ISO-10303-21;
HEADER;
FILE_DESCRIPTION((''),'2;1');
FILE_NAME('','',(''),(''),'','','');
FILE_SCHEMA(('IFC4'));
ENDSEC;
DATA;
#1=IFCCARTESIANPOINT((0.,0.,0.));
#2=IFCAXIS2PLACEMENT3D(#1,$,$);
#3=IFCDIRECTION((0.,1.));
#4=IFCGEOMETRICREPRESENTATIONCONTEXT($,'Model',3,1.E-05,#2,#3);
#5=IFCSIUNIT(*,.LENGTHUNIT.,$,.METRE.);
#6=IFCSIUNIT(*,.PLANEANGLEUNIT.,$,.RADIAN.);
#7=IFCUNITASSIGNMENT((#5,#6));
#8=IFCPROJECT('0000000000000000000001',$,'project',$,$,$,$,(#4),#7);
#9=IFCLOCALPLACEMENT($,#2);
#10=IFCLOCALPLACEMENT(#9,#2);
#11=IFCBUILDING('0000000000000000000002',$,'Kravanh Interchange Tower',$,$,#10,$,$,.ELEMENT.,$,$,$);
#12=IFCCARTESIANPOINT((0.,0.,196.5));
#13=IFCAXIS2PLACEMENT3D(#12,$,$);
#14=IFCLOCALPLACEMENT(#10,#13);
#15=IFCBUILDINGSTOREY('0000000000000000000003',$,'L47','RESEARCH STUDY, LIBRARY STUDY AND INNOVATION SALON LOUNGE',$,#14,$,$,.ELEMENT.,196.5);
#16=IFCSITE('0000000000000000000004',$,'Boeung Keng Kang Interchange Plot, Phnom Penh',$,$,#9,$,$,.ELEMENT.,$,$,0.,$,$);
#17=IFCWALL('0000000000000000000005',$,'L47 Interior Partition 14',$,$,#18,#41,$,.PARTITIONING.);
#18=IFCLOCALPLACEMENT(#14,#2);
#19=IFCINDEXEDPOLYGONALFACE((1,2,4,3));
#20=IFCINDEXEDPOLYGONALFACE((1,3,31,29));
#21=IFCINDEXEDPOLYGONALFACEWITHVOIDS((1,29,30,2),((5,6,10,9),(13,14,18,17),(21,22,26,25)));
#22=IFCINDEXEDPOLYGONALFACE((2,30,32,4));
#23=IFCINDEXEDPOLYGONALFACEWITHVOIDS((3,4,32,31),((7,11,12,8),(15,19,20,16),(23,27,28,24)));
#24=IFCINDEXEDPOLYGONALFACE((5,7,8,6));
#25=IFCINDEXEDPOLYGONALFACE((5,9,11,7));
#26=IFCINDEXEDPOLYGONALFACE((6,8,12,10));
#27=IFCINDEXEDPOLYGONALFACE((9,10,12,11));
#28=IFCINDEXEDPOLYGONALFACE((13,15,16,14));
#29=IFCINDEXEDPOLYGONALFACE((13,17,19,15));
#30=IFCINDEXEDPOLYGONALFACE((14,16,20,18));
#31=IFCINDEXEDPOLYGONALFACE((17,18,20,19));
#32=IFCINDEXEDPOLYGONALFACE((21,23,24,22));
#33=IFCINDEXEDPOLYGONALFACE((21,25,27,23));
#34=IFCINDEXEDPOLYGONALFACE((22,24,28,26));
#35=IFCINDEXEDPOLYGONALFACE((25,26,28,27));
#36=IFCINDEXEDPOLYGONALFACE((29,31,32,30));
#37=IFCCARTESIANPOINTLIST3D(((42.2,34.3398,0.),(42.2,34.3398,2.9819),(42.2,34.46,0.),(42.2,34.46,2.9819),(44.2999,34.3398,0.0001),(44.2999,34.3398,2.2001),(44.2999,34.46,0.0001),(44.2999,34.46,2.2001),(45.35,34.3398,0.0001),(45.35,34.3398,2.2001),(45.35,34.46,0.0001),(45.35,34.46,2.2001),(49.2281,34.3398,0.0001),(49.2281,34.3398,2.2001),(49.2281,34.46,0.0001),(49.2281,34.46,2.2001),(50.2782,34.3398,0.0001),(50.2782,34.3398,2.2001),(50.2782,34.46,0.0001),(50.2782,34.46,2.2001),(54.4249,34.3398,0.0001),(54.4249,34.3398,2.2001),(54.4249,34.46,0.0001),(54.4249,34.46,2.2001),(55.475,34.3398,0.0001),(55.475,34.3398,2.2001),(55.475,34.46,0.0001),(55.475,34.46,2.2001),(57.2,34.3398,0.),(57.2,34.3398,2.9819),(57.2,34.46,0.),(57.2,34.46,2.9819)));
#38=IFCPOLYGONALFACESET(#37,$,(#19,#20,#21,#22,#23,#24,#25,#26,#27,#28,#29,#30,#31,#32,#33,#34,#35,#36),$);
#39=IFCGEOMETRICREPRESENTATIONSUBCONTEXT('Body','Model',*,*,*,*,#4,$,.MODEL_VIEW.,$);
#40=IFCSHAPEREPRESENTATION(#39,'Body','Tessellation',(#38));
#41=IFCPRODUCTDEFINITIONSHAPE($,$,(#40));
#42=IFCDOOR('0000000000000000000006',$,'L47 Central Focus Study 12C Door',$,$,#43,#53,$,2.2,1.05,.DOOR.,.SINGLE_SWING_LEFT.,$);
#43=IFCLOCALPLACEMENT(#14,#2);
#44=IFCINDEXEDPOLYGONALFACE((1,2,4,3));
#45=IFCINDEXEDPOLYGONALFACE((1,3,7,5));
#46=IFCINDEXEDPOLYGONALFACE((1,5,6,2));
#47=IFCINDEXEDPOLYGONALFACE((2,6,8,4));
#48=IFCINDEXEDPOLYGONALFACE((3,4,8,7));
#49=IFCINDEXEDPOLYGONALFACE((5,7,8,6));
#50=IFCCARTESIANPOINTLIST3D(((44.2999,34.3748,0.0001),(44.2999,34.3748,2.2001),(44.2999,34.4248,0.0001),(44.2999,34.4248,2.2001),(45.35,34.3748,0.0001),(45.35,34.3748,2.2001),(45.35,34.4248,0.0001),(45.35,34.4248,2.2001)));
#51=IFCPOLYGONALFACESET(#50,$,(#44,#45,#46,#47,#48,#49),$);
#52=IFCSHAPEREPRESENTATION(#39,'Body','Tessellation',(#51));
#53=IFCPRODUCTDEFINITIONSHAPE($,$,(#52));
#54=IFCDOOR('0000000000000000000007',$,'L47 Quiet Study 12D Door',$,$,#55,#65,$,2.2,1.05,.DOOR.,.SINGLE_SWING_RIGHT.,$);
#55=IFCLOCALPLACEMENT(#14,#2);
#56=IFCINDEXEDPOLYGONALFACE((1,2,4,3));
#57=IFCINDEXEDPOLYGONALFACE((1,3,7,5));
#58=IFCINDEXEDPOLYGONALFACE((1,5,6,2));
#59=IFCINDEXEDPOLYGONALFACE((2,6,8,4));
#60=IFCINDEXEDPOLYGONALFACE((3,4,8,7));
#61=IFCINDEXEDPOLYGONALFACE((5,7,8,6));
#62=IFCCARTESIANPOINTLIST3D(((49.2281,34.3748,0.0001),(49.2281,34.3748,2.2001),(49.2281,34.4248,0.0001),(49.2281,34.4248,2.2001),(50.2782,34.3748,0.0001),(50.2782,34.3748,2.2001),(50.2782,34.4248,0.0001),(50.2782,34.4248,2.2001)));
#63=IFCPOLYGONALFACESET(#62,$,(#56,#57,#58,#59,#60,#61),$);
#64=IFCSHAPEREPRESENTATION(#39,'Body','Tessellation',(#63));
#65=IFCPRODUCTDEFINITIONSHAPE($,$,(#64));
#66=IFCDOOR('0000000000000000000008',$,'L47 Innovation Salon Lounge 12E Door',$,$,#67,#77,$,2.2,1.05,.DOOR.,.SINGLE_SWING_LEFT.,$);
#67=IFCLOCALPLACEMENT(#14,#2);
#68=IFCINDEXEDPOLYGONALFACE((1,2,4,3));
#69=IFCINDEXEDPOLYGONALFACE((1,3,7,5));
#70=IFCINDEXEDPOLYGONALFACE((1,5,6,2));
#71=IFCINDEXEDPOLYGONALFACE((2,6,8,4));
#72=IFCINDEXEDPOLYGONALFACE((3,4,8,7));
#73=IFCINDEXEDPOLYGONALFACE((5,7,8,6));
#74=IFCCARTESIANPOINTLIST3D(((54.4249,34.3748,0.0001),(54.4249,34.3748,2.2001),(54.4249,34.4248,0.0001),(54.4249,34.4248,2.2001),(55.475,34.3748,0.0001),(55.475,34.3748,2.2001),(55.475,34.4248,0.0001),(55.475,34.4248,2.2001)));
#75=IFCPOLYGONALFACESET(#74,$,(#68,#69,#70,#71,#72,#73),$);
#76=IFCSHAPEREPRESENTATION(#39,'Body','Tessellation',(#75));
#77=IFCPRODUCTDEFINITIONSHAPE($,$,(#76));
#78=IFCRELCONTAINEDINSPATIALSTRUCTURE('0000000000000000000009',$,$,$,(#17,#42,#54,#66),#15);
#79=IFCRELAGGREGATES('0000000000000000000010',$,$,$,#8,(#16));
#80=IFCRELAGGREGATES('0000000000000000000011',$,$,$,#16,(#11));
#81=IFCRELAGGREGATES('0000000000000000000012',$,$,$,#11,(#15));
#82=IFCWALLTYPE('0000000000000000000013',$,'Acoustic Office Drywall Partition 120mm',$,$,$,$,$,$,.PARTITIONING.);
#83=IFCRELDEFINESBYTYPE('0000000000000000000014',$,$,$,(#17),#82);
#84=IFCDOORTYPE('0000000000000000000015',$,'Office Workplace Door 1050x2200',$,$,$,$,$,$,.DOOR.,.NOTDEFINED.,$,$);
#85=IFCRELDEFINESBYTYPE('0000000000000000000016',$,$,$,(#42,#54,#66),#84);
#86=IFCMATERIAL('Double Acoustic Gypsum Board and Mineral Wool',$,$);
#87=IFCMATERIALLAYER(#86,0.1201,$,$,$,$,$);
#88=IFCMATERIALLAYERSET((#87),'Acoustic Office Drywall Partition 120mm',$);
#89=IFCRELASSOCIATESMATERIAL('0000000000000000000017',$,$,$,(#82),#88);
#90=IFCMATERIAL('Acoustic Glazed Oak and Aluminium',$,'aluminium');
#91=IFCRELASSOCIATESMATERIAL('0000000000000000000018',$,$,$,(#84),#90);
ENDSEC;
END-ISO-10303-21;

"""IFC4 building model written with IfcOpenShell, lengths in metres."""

from ifc_helpers import new_model, si_unit, direction, frame, frame_2d, origin, place, context, subcontext, project, spatial, rectangle, extrude, material, layer, layer_set, type_object, element, fill, save


model = new_model("IFC4")

# Units and contexts
model_context = context("Model", 3, precision=1e-05, world=origin(), true_north=direction((0.0, 1.0)))
body_context = subcontext(model_context, "Body", "Model", "MODEL_VIEW")
ifc_project = project(units=[si_unit("LENGTHUNIT", "METRE"), si_unit("PLANEANGLEUNIT", "RADIAN")], contexts=[model_context])

# Site, building, storey
site_placement = place(None, origin())
site = spatial("IfcSite", under=ifc_project, at=site_placement, Name="Boeung Keng Kang Interchange Plot, Phnom Penh", CompositionType="ELEMENT", RefElevation=0.0)
building_placement = place(site_placement, origin())
building = spatial("IfcBuilding", under=site, at=building_placement, Name="Kravanh Interchange Tower", CompositionType="ELEMENT")
storey_placement = place(building_placement, frame((0.0, 0.0, 196.5)))
storey = spatial("IfcBuildingStorey", under=building, at=storey_placement, Name="L47", Description="RESEARCH STUDY, LIBRARY STUDY AND INNOVATION SALON LOUNGE", CompositionType="ELEMENT", Elevation=196.5)

# Wall, openings, doors
ifc_material_1 = material(Name="Double Acoustic Gypsum Board and Mineral Wool")
ifc_layer_1 = layer(ifc_material_1, 0.1201)
ifc_layer_set_1 = layer_set([ifc_layer_1], Name="Acoustic Office Drywall Partition 120mm")
wall_type = type_object("IfcWallType", Name="Acoustic Office Drywall Partition 120mm", PredefinedType="PARTITIONING", material=ifc_layer_set_1)
wall_placement = place(storey_placement, frame((42.2, 34.3999, 0.0), z_axis=(0.0, 0.0, 1.0), x_axis=(1.0, 0.0, 0.0)))
wall = element("IfcWall", 1, at=wall_placement, inside=storey, type_object=wall_type, Name="L47 Interior Partition 14", PredefinedType="PARTITIONING", context=body_context, shape_type="SweptSolid", body=[
    extrude(rectangle(XDim=15.0, YDim=0.1201, at=frame_2d((7.5, 0.0))), origin(), (0.0, 0.0, 1.0), 2.9819),
])
opening_1_placement = place(wall_placement, frame((2.1001, 0.0, 0.0)))
opening_1 = element("IfcOpeningElement", 2, at=opening_1_placement, cuts=wall, PredefinedType="OPENING", context=body_context, shape_type="SweptSolid", body=[
    extrude(rectangle(XDim=1.05, YDim=2.2, at=frame_2d((0.5249, 1.1001))), frame((0.0, 0.0701, 0.0), z_axis=(0.0, -1.0, 0.0), x_axis=(1.0, 0.0, 0.0)), (0.0, 0.0, 1.0), 0.1401),
])
opening_2_placement = place(wall_placement, frame((7.0283, 0.0, 0.0)))
opening_2 = element("IfcOpeningElement", 3, at=opening_2_placement, cuts=wall, PredefinedType="OPENING", context=body_context, shape_type="SweptSolid", body=[
    extrude(rectangle(XDim=1.05, YDim=2.2, at=frame_2d((0.5249, 1.1001))), frame((0.0, 0.0701, 0.0), z_axis=(0.0, -1.0, 0.0), x_axis=(1.0, 0.0, 0.0)), (0.0, 0.0, 1.0), 0.1401),
])
opening_3_placement = place(wall_placement, frame((12.2251, 0.0, 0.0)))
opening_3 = element("IfcOpeningElement", 4, at=opening_3_placement, cuts=wall, PredefinedType="OPENING", context=body_context, shape_type="SweptSolid", body=[
    extrude(rectangle(XDim=1.05, YDim=2.2, at=frame_2d((0.5249, 1.1001))), frame((0.0, 0.0701, 0.0), z_axis=(0.0, -1.0, 0.0), x_axis=(1.0, 0.0, 0.0)), (0.0, 0.0, 1.0), 0.1401),
])
ifc_material_2 = material(Name="Acoustic Glazed Oak and Aluminium", Category="aluminium")
door_type = type_object("IfcDoorType", Name="Office Workplace Door 1050x2200", OperationType="NOTDEFINED", PredefinedType="DOOR", material=ifc_material_2)
door_1_placement = place(opening_1_placement, origin())
door_1 = element("IfcDoor", 5, at=door_1_placement, inside=storey, type_object=door_type, Name="L47 Central Focus Study 12C Door", OperationType="SINGLE_SWING_LEFT", OverallHeight=2.2, OverallWidth=1.05, PredefinedType="DOOR", context=body_context, shape_type="SweptSolid", body=[
    extrude(rectangle(XDim=1.05, YDim=2.2, at=frame_2d((0.5249, 1.1001))), frame((0.0, 0.0249, 0.0), z_axis=(0.0, -1.0, 0.0), x_axis=(1.0, 0.0, 0.0)), (0.0, 0.0, 1.0), 0.05),
])
fill(opening_1, door_1)
door_2_placement = place(opening_2_placement, origin())
door_2 = element("IfcDoor", 6, at=door_2_placement, inside=storey, type_object=door_type, Name="L47 Quiet Study 12D Door", OperationType="SINGLE_SWING_RIGHT", OverallHeight=2.2, OverallWidth=1.05, PredefinedType="DOOR", context=body_context, shape_type="SweptSolid", body=[
    extrude(rectangle(XDim=1.05, YDim=2.2, at=frame_2d((0.5249, 1.1001))), frame((0.0, 0.0249, 0.0), z_axis=(0.0, -1.0, 0.0), x_axis=(1.0, 0.0, 0.0)), (0.0, 0.0, 1.0), 0.05),
])
fill(opening_2, door_2)
door_3_placement = place(opening_3_placement, origin())
door_3 = element("IfcDoor", 7, at=door_3_placement, inside=storey, type_object=door_type, Name="L47 Innovation Salon Lounge 12E Door", OperationType="SINGLE_SWING_LEFT", OverallHeight=2.2, OverallWidth=1.05, PredefinedType="DOOR", context=body_context, shape_type="SweptSolid", body=[
    extrude(rectangle(XDim=1.05, YDim=2.2, at=frame_2d((0.5249, 1.1001))), frame((0.0, 0.0249, 0.0), z_axis=(0.0, -1.0, 0.0), x_axis=(1.0, 0.0, 0.0)), (0.0, 0.0, 1.0), 0.05),
])
fill(opening_3, door_3)

save(model, "model.ifc")
